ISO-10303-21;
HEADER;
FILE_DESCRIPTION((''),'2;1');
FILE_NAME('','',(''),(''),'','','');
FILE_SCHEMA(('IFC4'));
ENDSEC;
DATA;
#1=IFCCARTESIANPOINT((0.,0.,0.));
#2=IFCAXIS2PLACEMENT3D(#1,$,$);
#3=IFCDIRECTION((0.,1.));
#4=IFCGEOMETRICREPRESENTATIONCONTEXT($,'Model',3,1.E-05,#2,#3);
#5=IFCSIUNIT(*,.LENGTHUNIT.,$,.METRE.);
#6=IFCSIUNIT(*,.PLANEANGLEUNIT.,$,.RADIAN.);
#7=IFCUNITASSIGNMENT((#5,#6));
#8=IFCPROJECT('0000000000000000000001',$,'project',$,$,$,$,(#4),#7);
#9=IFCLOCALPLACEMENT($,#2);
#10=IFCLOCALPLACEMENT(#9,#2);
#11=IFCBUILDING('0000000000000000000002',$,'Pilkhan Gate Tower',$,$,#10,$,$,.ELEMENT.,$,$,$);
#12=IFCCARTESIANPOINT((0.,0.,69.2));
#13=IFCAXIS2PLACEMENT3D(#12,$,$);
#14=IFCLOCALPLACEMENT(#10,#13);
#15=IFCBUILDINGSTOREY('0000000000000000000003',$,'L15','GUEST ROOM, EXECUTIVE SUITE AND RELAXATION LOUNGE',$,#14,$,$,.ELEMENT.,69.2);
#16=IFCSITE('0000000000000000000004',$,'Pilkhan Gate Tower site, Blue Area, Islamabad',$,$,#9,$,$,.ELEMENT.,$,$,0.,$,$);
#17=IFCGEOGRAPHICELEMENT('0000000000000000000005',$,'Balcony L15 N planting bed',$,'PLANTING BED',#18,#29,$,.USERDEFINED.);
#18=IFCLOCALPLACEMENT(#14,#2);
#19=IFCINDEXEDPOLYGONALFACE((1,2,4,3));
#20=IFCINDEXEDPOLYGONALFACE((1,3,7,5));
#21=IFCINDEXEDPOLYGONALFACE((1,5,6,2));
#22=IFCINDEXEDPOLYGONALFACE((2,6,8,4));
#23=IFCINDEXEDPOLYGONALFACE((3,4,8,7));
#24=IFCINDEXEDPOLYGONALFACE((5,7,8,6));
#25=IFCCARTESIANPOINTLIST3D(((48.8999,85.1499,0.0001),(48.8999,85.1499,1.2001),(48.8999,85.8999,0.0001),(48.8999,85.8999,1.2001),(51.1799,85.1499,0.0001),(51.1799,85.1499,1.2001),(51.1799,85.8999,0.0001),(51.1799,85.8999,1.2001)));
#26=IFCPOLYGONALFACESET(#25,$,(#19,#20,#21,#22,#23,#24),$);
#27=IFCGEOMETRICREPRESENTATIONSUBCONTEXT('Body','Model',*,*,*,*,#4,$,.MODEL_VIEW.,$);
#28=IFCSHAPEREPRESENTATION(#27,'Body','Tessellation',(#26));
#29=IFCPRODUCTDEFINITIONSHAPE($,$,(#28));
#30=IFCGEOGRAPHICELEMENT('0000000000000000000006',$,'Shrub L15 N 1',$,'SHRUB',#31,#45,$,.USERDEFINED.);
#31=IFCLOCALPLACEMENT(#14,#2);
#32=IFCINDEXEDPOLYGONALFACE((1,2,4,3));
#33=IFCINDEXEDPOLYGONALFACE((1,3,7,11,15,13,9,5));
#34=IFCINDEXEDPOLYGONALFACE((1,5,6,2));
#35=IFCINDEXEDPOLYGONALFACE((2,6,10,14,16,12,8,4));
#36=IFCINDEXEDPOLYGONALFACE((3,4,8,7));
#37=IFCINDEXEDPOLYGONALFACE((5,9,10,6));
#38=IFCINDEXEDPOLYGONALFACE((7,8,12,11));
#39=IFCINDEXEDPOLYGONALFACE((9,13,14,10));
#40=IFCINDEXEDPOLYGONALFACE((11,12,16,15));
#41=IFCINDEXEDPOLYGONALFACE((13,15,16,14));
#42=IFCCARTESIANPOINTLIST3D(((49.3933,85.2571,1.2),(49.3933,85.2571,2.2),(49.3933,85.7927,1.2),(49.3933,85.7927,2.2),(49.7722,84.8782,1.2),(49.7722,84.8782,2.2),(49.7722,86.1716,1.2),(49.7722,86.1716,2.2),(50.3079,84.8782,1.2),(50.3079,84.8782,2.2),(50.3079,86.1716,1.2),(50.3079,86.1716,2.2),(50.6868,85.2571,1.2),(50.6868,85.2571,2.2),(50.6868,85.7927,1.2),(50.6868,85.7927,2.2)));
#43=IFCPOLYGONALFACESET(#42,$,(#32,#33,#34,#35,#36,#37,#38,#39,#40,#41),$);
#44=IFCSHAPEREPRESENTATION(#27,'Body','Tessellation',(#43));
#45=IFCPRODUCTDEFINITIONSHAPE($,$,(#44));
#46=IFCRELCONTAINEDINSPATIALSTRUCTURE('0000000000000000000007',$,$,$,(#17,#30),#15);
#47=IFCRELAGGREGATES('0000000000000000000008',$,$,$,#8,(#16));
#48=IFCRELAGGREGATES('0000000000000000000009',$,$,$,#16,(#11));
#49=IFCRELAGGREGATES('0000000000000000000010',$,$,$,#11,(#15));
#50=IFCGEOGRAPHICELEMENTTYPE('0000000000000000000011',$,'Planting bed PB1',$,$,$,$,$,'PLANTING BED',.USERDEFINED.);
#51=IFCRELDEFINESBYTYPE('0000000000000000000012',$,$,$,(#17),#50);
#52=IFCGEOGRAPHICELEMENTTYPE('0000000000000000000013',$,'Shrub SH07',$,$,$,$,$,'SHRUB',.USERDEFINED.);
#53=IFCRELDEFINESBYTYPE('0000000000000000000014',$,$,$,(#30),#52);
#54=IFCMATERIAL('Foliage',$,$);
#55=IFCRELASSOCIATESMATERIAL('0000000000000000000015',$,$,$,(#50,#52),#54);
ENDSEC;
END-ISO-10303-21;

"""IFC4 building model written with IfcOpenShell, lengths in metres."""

from ifc_helpers import new_model, si_unit, direction, frame, origin, origin_2d, place, context, subcontext, project, spatial, polyline, rectangle, outline, extrude, material, material_profile, profile_set, type_object, element, save


model = new_model("IFC4")

# Units and contexts
model_context = context("Model", 3, precision=1e-05, world=origin(), true_north=direction((0.0, 1.0)))
body_context = subcontext(model_context, "Body", "Model", "MODEL_VIEW")
ifc_project = project(units=[si_unit("LENGTHUNIT", "METRE"), si_unit("PLANEANGLEUNIT", "RADIAN")], contexts=[model_context])

# Site, building, storey
site_placement = place(None, origin())
site = spatial("IfcSite", under=ifc_project, at=site_placement, Name="Pilkhan Gate Tower site, Blue Area, Islamabad", CompositionType="ELEMENT", RefElevation=0.0)
building_placement = place(site_placement, origin())
building = spatial("IfcBuilding", under=site, at=building_placement, Name="Pilkhan Gate Tower", CompositionType="ELEMENT")
storey_placement = place(building_placement, frame((0.0, 0.0, 69.2)))
storey = spatial("IfcBuildingStorey", under=building, at=storey_placement, Name="L15", Description="GUEST ROOM, EXECUTIVE SUITE AND RELAXATION LOUNGE", CompositionType="ELEMENT", Elevation=69.2)

# Geographic elements
ifc_material_1 = material(Name="Foliage")
ifc_material_profile_1 = material_profile(ifc_material_1, rectangle(XDim=0.75, YDim=1.2, at=origin_2d()), Name="Bed 750x1200")
ifc_profile_set_1 = profile_set([ifc_material_profile_1], Name="Foliage")
geographic_element_type_1 = type_object("IfcGeographicElementType", Name="Planting bed PB1", ElementType="PLANTING BED", PredefinedType="USERDEFINED", material=ifc_profile_set_1)
geographic_element_1_placement = place(storey_placement, frame((48.8999, 85.5249, 0.6001), z_axis=(1.0, 0.0, 0.0), x_axis=(0.0, 1.0, 0.0)))
element("IfcGeographicElement", 1, at=geographic_element_1_placement, inside=storey, type_object=geographic_element_type_1, Name="Balcony L15 N planting bed", ObjectType="PLANTING BED", PredefinedType="USERDEFINED", context=body_context, shape_type="SweptSolid", body=[
    extrude(rectangle(XDim=0.75, YDim=1.2, at=origin_2d()), origin(), (0.0, 0.0, 1.0), 2.28),
])
ifc_material_profile_2 = material_profile(ifc_material_1, outline(polyline([(0.6467, 0.2678), (0.2678, 0.6467), (-0.2678, 0.6467), (-0.6467, 0.2678), (-0.6467, -0.2678), (-0.2678, -0.6467), (0.2678, -0.6467), (0.6467, -0.2678), (0.6467, 0.2678)])), Name="Shrub D1.4")
ifc_profile_set_2 = profile_set([ifc_material_profile_2], Name="Foliage")
geographic_element_type_2 = type_object("IfcGeographicElementType", Name="Shrub SH07", ElementType="SHRUB", PredefinedType="USERDEFINED", material=ifc_profile_set_2)
geographic_element_2_placement = place(storey_placement, frame((50.04, 85.5249, 1.2), z_axis=(0.0, 0.0, 1.0), x_axis=(1.0, 0.0, 0.0)))
element("IfcGeographicElement", 2, at=geographic_element_2_placement, inside=storey, type_object=geographic_element_type_2, Name="Shrub L15 N 1", ObjectType="SHRUB", PredefinedType="USERDEFINED", context=body_context, shape_type="SweptSolid", body=[
    extrude(outline(polyline([(0.6467, 0.2678), (0.2678, 0.6467), (-0.2678, 0.6467), (-0.6467, 0.2678), (-0.6467, -0.2678), (-0.2678, -0.6467), (0.2678, -0.6467), (0.6467, -0.2678), (0.6467, 0.2678)])), origin(), (0.0, 0.0, 1.0), 1.0),
])

save(model, "model.ifc")
